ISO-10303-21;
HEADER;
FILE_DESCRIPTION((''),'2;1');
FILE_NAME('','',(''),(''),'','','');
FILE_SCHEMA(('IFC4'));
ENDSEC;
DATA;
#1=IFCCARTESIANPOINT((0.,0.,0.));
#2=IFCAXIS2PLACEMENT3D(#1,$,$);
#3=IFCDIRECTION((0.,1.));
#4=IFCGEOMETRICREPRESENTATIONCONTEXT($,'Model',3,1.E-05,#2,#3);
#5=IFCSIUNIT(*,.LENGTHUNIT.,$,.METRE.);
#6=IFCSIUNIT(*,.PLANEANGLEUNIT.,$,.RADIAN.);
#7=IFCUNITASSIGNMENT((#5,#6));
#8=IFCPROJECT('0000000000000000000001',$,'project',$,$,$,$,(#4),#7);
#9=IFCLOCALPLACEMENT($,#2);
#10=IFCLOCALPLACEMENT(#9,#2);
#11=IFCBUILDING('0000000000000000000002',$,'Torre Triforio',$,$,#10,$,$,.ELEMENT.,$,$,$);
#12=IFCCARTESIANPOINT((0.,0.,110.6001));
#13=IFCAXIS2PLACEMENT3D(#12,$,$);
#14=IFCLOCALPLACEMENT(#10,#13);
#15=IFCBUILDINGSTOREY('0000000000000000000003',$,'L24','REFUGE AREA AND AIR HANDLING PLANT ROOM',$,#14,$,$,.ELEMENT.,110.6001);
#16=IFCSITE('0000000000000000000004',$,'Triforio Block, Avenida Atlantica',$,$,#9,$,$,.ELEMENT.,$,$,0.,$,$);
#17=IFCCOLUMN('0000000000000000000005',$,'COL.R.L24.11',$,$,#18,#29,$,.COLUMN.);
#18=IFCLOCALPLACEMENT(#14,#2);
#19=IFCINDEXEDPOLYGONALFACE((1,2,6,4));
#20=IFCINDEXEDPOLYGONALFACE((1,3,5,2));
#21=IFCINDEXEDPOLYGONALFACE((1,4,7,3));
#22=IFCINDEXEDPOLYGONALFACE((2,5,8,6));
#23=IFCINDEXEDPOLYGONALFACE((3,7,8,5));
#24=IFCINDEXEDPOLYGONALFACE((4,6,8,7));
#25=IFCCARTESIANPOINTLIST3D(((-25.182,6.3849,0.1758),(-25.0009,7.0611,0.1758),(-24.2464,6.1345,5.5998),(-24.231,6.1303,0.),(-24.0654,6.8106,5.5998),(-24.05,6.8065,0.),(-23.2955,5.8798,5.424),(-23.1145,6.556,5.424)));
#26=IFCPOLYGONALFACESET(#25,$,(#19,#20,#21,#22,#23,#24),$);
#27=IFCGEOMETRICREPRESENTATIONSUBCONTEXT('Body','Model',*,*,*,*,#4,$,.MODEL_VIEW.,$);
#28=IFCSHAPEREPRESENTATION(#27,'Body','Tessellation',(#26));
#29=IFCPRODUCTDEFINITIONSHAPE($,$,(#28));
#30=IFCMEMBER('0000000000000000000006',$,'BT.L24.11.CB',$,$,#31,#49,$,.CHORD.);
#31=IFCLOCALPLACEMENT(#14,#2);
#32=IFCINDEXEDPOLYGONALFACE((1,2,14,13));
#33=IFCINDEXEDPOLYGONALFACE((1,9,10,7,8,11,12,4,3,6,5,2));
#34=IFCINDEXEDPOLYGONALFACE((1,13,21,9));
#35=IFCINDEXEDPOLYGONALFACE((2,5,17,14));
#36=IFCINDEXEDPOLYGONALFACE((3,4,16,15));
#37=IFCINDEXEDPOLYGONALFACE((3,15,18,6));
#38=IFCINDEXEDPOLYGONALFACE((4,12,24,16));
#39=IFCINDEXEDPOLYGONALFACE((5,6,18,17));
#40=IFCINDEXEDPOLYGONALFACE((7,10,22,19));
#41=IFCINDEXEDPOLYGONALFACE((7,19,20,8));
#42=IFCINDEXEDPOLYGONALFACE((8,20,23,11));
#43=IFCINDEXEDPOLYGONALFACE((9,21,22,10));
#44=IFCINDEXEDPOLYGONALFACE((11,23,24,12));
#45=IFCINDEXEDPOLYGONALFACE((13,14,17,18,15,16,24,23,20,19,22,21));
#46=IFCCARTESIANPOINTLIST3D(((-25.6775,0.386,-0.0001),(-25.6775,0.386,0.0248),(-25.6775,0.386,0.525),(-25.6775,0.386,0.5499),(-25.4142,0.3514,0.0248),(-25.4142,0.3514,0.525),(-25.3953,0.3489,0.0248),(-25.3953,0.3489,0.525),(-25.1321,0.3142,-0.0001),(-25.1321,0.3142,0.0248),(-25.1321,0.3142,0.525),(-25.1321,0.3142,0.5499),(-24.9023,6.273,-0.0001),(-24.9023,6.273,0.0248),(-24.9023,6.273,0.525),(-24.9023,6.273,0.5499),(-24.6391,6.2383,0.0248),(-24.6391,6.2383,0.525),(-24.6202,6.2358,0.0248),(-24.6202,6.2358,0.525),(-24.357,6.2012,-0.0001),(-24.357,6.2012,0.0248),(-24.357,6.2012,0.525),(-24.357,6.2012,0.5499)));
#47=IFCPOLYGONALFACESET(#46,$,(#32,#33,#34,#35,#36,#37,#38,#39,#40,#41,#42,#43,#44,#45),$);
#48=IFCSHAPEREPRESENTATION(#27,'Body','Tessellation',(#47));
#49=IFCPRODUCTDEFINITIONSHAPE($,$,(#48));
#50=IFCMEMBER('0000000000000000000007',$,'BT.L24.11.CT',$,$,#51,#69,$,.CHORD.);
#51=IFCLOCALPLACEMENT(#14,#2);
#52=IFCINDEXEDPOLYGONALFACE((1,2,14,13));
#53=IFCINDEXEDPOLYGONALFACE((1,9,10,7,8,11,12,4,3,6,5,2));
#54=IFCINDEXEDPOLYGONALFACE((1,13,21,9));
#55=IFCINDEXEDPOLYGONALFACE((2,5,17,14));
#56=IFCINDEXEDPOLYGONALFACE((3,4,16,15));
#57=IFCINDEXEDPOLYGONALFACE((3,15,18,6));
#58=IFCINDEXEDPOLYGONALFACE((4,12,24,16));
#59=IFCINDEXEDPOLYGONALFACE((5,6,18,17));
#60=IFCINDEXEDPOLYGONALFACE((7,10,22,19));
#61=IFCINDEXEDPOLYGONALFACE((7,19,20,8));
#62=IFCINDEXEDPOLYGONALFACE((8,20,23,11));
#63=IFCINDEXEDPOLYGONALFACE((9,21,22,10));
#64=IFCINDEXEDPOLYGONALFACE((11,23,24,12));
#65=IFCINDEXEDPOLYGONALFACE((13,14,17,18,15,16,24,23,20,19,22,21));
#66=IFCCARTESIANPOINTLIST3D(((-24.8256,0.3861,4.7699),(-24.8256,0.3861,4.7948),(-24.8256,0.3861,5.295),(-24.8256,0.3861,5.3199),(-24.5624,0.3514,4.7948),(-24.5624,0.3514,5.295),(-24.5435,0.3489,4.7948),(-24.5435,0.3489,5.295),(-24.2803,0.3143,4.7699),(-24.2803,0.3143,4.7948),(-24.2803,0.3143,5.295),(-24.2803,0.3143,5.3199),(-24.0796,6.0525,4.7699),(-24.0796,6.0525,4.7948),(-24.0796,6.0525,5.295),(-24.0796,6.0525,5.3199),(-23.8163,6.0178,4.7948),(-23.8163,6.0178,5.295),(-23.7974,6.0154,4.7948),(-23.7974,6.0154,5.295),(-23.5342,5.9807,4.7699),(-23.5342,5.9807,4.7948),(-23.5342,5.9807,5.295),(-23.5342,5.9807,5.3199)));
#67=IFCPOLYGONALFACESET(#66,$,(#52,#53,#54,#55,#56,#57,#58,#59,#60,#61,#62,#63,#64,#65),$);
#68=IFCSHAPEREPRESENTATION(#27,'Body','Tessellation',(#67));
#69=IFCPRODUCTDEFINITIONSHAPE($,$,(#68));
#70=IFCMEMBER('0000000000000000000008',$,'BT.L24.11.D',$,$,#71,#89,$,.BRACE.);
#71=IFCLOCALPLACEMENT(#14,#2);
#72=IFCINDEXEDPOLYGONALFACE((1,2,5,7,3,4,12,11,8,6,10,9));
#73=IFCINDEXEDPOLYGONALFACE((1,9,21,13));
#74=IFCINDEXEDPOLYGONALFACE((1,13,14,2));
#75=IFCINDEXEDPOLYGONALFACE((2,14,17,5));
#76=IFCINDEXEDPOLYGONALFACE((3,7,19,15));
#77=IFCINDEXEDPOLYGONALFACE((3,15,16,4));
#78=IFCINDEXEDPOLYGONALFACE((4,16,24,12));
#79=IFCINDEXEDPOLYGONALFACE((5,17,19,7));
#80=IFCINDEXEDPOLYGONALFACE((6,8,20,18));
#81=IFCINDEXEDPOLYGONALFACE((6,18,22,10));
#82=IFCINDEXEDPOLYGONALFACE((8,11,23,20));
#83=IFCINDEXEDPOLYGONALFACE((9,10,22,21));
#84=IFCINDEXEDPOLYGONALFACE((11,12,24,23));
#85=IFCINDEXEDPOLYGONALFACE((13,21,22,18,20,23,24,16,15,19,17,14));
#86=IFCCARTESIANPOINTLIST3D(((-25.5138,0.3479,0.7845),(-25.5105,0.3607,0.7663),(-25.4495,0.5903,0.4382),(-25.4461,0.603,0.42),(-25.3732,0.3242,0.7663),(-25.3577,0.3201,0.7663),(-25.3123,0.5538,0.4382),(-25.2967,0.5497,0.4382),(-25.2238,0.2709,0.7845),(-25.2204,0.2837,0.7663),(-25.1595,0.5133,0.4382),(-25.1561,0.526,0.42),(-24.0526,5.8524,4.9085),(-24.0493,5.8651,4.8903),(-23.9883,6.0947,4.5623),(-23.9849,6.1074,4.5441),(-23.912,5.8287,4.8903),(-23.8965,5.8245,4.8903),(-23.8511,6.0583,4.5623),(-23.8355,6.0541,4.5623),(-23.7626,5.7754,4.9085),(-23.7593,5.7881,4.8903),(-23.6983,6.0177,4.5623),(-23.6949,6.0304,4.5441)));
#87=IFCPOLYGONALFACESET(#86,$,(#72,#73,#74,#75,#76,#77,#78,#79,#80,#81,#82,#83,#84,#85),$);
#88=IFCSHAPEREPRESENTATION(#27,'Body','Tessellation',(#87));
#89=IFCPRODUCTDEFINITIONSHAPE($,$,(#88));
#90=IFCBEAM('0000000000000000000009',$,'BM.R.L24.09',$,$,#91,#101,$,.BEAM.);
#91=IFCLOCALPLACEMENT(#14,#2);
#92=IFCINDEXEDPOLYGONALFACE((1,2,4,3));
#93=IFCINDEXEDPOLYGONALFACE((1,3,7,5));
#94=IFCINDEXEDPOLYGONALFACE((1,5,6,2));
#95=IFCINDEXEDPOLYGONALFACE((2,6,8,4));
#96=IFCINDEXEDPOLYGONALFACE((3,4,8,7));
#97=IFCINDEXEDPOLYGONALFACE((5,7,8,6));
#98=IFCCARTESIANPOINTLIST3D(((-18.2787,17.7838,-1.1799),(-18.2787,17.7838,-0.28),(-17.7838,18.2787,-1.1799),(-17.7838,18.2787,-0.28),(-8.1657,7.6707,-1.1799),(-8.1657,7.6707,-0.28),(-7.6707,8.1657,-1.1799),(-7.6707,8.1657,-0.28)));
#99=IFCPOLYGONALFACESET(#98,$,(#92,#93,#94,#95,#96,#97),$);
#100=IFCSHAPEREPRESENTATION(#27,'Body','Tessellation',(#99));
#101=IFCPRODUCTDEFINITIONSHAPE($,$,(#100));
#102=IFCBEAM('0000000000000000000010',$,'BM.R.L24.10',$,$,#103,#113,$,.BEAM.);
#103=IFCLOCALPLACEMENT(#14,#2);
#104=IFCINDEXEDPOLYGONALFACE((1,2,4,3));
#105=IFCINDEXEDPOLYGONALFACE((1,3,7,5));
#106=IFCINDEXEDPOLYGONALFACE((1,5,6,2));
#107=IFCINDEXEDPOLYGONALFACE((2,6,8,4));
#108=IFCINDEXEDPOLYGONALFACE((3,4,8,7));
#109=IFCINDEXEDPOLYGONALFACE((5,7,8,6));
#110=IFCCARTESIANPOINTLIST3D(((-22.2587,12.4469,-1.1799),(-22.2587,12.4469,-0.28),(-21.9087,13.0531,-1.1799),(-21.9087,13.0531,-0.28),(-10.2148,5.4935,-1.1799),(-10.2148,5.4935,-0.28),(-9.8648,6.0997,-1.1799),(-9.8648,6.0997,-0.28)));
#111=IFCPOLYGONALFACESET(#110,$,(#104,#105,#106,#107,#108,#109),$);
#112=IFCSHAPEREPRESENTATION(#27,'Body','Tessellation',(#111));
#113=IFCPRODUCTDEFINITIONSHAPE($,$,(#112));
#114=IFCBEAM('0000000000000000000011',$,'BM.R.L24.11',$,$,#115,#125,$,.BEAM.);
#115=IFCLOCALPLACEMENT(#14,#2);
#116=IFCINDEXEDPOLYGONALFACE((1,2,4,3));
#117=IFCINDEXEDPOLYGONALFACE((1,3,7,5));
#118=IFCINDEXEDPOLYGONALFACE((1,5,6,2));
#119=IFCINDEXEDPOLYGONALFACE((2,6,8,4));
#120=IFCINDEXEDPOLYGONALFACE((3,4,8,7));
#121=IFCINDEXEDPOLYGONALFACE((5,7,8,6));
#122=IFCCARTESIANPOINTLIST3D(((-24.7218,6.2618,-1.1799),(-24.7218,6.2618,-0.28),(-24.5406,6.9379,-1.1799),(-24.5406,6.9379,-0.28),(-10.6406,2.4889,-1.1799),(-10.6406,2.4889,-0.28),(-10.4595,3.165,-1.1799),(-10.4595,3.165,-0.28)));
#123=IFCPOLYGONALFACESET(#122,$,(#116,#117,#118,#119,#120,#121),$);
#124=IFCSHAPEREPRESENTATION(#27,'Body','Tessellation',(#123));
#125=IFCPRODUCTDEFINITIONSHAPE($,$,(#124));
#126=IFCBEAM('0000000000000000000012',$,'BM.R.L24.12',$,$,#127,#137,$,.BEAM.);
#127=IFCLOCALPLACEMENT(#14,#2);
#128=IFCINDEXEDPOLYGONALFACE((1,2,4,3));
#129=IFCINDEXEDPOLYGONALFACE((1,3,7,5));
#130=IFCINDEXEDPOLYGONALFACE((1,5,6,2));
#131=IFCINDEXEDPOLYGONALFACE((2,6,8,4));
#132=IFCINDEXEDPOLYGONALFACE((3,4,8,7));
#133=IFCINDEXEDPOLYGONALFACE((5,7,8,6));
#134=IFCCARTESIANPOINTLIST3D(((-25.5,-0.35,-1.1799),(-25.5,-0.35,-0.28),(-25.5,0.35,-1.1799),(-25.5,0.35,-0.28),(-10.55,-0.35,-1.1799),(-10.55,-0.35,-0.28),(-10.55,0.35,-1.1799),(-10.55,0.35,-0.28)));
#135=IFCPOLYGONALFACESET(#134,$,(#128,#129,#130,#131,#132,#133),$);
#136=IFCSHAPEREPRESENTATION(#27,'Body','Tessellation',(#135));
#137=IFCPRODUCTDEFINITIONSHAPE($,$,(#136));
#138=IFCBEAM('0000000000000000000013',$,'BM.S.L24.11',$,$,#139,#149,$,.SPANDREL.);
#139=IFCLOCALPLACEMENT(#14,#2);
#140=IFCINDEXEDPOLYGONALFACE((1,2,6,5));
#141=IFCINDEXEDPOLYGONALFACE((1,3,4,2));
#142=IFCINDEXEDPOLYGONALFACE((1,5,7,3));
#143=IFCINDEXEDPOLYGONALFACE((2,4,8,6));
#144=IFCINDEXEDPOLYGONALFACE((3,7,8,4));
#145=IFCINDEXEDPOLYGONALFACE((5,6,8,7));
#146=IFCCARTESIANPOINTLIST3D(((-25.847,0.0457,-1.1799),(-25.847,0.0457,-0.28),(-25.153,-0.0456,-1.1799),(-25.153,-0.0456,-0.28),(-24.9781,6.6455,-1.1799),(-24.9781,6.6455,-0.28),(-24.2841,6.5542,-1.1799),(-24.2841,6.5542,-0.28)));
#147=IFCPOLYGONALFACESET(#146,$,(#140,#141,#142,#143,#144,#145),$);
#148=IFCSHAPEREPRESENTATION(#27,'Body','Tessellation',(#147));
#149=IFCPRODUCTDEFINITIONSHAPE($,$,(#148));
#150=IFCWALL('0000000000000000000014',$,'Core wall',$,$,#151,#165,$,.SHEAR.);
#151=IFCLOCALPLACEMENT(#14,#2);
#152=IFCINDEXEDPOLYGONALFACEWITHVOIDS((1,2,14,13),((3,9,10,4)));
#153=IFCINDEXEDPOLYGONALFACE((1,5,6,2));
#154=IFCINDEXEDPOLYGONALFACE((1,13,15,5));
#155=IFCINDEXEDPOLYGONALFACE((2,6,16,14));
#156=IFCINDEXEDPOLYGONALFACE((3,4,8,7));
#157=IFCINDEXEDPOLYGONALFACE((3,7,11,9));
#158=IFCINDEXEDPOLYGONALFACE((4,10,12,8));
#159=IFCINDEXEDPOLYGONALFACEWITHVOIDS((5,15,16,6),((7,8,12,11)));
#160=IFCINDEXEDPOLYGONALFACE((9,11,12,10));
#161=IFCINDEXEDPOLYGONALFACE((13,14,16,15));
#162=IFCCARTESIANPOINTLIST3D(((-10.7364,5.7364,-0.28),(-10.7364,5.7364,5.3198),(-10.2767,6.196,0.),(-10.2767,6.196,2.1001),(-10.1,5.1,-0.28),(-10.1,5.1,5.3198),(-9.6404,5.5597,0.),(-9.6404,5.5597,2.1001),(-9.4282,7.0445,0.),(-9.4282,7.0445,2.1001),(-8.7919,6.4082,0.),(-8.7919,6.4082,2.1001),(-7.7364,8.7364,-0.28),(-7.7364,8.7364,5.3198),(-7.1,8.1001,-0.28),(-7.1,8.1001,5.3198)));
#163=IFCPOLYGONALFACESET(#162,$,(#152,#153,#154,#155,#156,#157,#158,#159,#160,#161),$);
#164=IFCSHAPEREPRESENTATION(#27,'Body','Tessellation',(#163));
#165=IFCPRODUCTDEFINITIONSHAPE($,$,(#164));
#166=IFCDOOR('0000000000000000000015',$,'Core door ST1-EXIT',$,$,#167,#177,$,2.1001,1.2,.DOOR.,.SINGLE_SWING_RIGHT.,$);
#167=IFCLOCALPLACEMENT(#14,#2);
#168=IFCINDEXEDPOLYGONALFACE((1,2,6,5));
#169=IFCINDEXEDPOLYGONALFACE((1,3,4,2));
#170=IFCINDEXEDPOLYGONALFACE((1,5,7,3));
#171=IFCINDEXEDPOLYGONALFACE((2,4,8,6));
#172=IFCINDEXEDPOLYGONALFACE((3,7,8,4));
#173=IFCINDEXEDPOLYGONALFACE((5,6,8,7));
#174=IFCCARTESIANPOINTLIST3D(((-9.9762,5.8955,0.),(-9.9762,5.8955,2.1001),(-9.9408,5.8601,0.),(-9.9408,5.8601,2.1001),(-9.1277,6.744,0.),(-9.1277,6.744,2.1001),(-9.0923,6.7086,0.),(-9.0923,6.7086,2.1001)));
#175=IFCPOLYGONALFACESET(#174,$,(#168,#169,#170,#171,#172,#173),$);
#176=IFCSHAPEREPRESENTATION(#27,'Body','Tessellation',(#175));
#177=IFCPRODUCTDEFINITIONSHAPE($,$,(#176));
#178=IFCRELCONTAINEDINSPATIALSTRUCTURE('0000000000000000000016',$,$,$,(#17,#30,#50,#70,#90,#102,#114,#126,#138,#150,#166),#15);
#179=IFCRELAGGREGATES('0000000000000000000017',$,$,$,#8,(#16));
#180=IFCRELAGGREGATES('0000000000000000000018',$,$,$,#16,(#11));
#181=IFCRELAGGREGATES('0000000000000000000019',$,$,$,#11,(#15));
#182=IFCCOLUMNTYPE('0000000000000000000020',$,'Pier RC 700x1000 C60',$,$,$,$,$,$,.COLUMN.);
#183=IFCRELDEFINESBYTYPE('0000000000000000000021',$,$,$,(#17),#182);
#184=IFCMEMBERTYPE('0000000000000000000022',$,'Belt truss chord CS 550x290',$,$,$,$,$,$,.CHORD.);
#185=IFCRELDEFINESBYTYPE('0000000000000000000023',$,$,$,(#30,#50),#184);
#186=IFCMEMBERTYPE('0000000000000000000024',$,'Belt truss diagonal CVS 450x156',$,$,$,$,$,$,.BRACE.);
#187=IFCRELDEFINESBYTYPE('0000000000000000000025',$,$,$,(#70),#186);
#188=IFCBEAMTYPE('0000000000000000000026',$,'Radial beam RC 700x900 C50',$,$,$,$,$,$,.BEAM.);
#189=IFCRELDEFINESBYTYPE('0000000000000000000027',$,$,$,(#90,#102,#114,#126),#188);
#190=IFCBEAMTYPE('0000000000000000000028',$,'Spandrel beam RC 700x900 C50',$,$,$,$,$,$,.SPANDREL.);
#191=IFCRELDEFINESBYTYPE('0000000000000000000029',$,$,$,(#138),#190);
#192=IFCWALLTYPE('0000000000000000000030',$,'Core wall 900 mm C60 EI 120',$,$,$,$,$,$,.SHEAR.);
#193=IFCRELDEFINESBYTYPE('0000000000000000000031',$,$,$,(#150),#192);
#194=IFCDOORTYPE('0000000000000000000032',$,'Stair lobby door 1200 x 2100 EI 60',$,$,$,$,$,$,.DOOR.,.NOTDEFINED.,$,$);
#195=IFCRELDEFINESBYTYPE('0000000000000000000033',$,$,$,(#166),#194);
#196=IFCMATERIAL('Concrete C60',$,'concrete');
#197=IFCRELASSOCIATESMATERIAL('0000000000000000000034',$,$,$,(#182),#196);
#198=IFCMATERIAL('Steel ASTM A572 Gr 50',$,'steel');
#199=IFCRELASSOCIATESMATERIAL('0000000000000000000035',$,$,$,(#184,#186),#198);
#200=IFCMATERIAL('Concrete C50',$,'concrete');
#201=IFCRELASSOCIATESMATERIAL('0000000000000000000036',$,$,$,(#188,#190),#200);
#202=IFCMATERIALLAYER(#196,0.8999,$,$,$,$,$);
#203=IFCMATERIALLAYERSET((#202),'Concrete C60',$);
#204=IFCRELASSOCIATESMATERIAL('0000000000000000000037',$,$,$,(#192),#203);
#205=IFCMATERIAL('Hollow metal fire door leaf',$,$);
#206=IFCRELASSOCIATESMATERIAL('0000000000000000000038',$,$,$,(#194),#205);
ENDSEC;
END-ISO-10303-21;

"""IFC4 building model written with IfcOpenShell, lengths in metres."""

from ifc_helpers import new_model, si_unit, direction, frame, frame_2d, origin, origin_2d, place, context, subcontext, project, spatial, rectangle, i_section, extrude, material, layer, layer_set, material_profile, profile_set, type_object, element, fill, save


model = new_model("IFC4")

# Units and contexts
model_context = context("Model", 3, precision=1e-05, world=origin(), true_north=direction((0.0, 1.0)))
body_context = subcontext(model_context, "Body", "Model", "MODEL_VIEW")
ifc_project = project(units=[si_unit("LENGTHUNIT", "METRE"), si_unit("PLANEANGLEUNIT", "RADIAN")], contexts=[model_context])

# Site, building, storey
site_placement = place(None, origin())
site = spatial("IfcSite", under=ifc_project, at=site_placement, Name="Triforio Block, Avenida Atlantica", CompositionType="ELEMENT", RefElevation=0.0)
building_placement = place(site_placement, origin())
building = spatial("IfcBuilding", under=site, at=building_placement, Name="Torre Triforio", CompositionType="ELEMENT")
storey_placement = place(building_placement, frame((0.0, 0.0, 110.6001)))
storey = spatial("IfcBuildingStorey", under=building, at=storey_placement, Name="L24", Description="REFUGE AREA AND AIR HANDLING PLANT ROOM", CompositionType="ELEMENT", Elevation=110.6001)

# Column
ifc_material_1 = material(Name="Concrete C60", Category="concrete")
ifc_material_profile_1 = material_profile(ifc_material_1, rectangle(XDim=0.7, YDim=1.0, at=origin_2d()), Name="RC 700x1000")
ifc_profile_set_1 = profile_set([ifc_material_profile_1], Name="Concrete C60")
column_type = type_object("IfcColumnType", Name="Pier RC 700x1000 C60", PredefinedType="COLUMN", material=ifc_profile_set_1)
column_placement = place(storey_placement, frame((-24.616, 6.5957, 0.0879), z_axis=(0.169795, -0.045462, 0.98443), x_axis=(0.258635, 0.965975, 0.0)))
element("IfcColumn", 1, at=column_placement, inside=storey, type_object=column_type, Name="COL.R.L24.11", PredefinedType="COLUMN", context=body_context, shape_type="SweptSolid", body=[
    extrude(rectangle(XDim=0.7, YDim=1.0, at=origin_2d()), origin(), (0.0, 0.0, 1.0), 5.5098),
])

# Members
ifc_material_2 = material(Name="Steel ASTM A572 Gr 50", Category="steel")
ifc_material_profile_2 = material_profile(ifc_material_2, i_section(OverallWidth=0.55, OverallDepth=0.55, WebThickness=0.019, FlangeThickness=0.0249, at=origin_2d()), Name="CS 550x290")
ifc_profile_set_2 = profile_set([ifc_material_profile_2], Name="Steel ASTM A572 Gr 50")
member_type_1 = type_object("IfcMemberType", Name="Belt truss chord CS 550x290", PredefinedType="CHORD", material=ifc_profile_set_2)
member_1_placement = place(storey_placement, frame((-24.6296, 6.2371, 0.2749), z_axis=(-0.130545, -0.991442, 0.0), x_axis=(0.991442, -0.130545, 0.0)))
element("IfcMember", 2, at=member_1_placement, inside=storey, type_object=member_type_1, Name="BT.L24.11.CB", PredefinedType="CHORD", context=body_context, shape_type="SweptSolid", body=[
    extrude(i_section(OverallWidth=0.55, OverallDepth=0.55, WebThickness=0.019, FlangeThickness=0.0249, at=origin_2d()), origin(), (0.0, 0.0, 1.0), 5.9377),
])
member_2_placement = place(storey_placement, frame((-23.8069, 6.0166, 5.0449), z_axis=(-0.130541, -0.991443, 0.0), x_axis=(0.991443, -0.130541, 0.0)))
element("IfcMember", 3, at=member_2_placement, inside=storey, type_object=member_type_1, Name="BT.L24.11.CT", PredefinedType="CHORD", context=body_context, shape_type="SweptSolid", body=[
    extrude(i_section(OverallWidth=0.55, OverallDepth=0.55, WebThickness=0.019, FlangeThickness=0.0249, at=origin_2d()), origin(), (0.0, 0.0, 1.0), 5.7153),
])
ifc_material_profile_3 = material_profile(ifc_material_2, i_section(OverallWidth=0.3, OverallDepth=0.45, WebThickness=0.0161, FlangeThickness=0.0225, at=origin_2d()), Name="CVS 450x156")
ifc_profile_set_3 = profile_set([ifc_material_profile_3], Name="Steel ASTM A572 Gr 50")
member_type_2 = type_object("IfcMemberType", Name="Belt truss diagonal CVS 450x156", PredefinedType="BRACE", material=ifc_profile_set_3)
member_3_placement = place(storey_placement, frame((-23.8738, 5.9414, 4.7263), z_axis=(-0.207807, -0.782827, -0.586513), x_axis=(0.966525, -0.256571, 0.0)))
element("IfcMember", 4, at=member_3_placement, inside=storey, type_object=member_type_2, Name="BT.L24.11.D", PredefinedType="BRACE", context=body_context, shape_type="SweptSolid", body=[
    extrude(i_section(OverallWidth=0.3, OverallDepth=0.45, WebThickness=0.0161, FlangeThickness=0.0225, at=origin_2d()), origin(), (0.0, 0.0, 1.0), 7.0315),
])

# Beams
ifc_material_3 = material(Name="Concrete C50", Category="concrete")
ifc_material_profile_4 = material_profile(ifc_material_3, rectangle(XDim=0.7, YDim=0.8999, at=origin_2d()), Name="RC 700x900")
ifc_profile_set_4 = profile_set([ifc_material_profile_4], Name="Concrete C50")
beam_type_1 = type_object("IfcBeamType", Name="Radial beam RC 700x900 C50", PredefinedType="BEAM", material=ifc_profile_set_4)
beam_1_placement = place(storey_placement, frame((-7.9182, 7.9182, -0.73), z_axis=(-0.707107, 0.707107, 0.0), x_axis=(-0.707107, -0.707107, 0.0)))
element("IfcBeam", 5, at=beam_1_placement, inside=storey, type_object=beam_type_1, Name="BM.R.L24.09", PredefinedType="BEAM", context=body_context, shape_type="SweptSolid", body=[
    extrude(rectangle(XDim=0.7, YDim=0.8999, at=origin_2d()), origin(), (0.0, 0.0, 1.0), 14.302),
])
beam_2_placement = place(storey_placement, frame((-10.0398, 5.7966, -0.73), z_axis=(-0.866032, 0.499989, 0.0), x_axis=(-0.499989, -0.866032, 0.0)))
element("IfcBeam", 6, at=beam_2_placement, inside=storey, type_object=beam_type_1, Name="BM.R.L24.10", PredefinedType="BEAM", context=body_context, shape_type="SweptSolid", body=[
    extrude(rectangle(XDim=0.7, YDim=0.8999, at=origin_2d()), origin(), (0.0, 0.0, 1.0), 13.907),
])
beam_3_placement = place(storey_placement, frame((-10.55, 2.8269, -0.73), z_axis=(-0.965927, 0.258815, 0.0), x_axis=(-0.258815, -0.965927, 0.0)))
element("IfcBeam", 7, at=beam_3_placement, inside=storey, type_object=beam_type_1, Name="BM.R.L24.11", PredefinedType="BEAM", context=body_context, shape_type="SweptSolid", body=[
    extrude(rectangle(XDim=0.7, YDim=0.8999, at=origin_2d()), origin(), (0.0, 0.0, 1.0), 14.5779),
])
beam_4_placement = place(storey_placement, frame((-10.55, 0.0, -0.73), z_axis=(-1.0, 0.0, 0.0), x_axis=(0.0, -1.0, 0.0)))
element("IfcBeam", 8, at=beam_4_placement, inside=storey, type_object=beam_type_1, Name="BM.R.L24.12", PredefinedType="BEAM", context=body_context, shape_type="SweptSolid", body=[
    extrude(rectangle(XDim=0.7, YDim=0.8999, at=origin_2d()), origin(), (0.0, 0.0, 1.0), 14.95),
])
ifc_material_profile_5 = material_profile(ifc_material_3, rectangle(XDim=0.7, YDim=0.8999, at=origin_2d()), Name="RC 700x900")
ifc_profile_set_5 = profile_set([ifc_material_profile_5], Name="Concrete C50")
beam_type_2 = type_object("IfcBeamType", Name="Spandrel beam RC 700x900 C50", PredefinedType="SPANDREL", material=ifc_profile_set_5)
beam_5_placement = place(storey_placement, frame((-24.6311, 6.5999, -0.73), z_axis=(-0.130528, -0.991445, 0.0), x_axis=(0.991445, -0.130528, 0.0)))
element("IfcBeam", 9, at=beam_5_placement, inside=storey, type_object=beam_type_2, Name="BM.S.L24.11", PredefinedType="SPANDREL", context=body_context, shape_type="SweptSolid", body=[
    extrude(rectangle(XDim=0.7, YDim=0.8999, at=origin_2d()), origin(), (0.0, 0.0, 1.0), 6.6567),
])

# Wall, opening, door
ifc_layer_1 = layer(ifc_material_1, 0.8999)
ifc_layer_set_1 = layer_set([ifc_layer_1], Name="Concrete C60")
wall_type_1 = type_object("IfcWallType", Name="Core wall 900 mm C60 EI 120", PredefinedType="SHEAR", material=ifc_layer_set_1)
wall_1_placement = place(storey_placement, frame((-10.4182, 5.4182, -0.28), z_axis=(0.0, 0.0, 1.0), x_axis=(0.707107, 0.707107, 0.0)))
wall_1 = element("IfcWall", 10, at=wall_1_placement, inside=storey, type_object=wall_type_1, Name="Core wall", PredefinedType="SHEAR", context=body_context, shape_type="SweptSolid", body=[
    extrude(rectangle(XDim=4.2427, YDim=0.8999, at=frame_2d((2.1213, 0.0))), origin(), (0.0, 0.0, 1.0), 5.5999),
])
opening_1_placement = place(wall_1_placement, frame((0.6499, 0.0, 0.28)))
opening_1 = element("IfcOpeningElement", 11, at=opening_1_placement, cuts=wall_1, PredefinedType="OPENING", context=body_context, shape_type="SweptSolid", body=[
    extrude(rectangle(XDim=1.2, YDim=2.1001, at=frame_2d((0.6001, 1.05))), frame((0.0, 0.46, 0.0), z_axis=(0.0, -1.0, 0.0), x_axis=(1.0, 0.0, 0.0)), (0.0, 0.0, 1.0), 0.9199),
])
ifc_material_4 = material(Name="Hollow metal fire door leaf")
door_type_1 = type_object("IfcDoorType", Name="Stair lobby door 1200 x 2100 EI 60", OperationType="NOTDEFINED", PredefinedType="DOOR", material=ifc_material_4)
door_1_placement = place(opening_1_placement, origin())
door_1 = element("IfcDoor", 12, at=door_1_placement, inside=storey, type_object=door_type_1, Name="Core door ST1-EXIT", OperationType="SINGLE_SWING_RIGHT", OverallHeight=2.1001, OverallWidth=1.2, PredefinedType="DOOR", context=body_context, shape_type="SweptSolid", body=[
    extrude(rectangle(XDim=1.2, YDim=2.1001, at=frame_2d((0.6001, 1.05))), frame((0.0, 0.0249, 0.0), z_axis=(0.0, -1.0, 0.0), x_axis=(1.0, 0.0, 0.0)), (0.0, 0.0, 1.0), 0.05),
])
fill(opening_1, door_1)

save(model, "model.ifc")
